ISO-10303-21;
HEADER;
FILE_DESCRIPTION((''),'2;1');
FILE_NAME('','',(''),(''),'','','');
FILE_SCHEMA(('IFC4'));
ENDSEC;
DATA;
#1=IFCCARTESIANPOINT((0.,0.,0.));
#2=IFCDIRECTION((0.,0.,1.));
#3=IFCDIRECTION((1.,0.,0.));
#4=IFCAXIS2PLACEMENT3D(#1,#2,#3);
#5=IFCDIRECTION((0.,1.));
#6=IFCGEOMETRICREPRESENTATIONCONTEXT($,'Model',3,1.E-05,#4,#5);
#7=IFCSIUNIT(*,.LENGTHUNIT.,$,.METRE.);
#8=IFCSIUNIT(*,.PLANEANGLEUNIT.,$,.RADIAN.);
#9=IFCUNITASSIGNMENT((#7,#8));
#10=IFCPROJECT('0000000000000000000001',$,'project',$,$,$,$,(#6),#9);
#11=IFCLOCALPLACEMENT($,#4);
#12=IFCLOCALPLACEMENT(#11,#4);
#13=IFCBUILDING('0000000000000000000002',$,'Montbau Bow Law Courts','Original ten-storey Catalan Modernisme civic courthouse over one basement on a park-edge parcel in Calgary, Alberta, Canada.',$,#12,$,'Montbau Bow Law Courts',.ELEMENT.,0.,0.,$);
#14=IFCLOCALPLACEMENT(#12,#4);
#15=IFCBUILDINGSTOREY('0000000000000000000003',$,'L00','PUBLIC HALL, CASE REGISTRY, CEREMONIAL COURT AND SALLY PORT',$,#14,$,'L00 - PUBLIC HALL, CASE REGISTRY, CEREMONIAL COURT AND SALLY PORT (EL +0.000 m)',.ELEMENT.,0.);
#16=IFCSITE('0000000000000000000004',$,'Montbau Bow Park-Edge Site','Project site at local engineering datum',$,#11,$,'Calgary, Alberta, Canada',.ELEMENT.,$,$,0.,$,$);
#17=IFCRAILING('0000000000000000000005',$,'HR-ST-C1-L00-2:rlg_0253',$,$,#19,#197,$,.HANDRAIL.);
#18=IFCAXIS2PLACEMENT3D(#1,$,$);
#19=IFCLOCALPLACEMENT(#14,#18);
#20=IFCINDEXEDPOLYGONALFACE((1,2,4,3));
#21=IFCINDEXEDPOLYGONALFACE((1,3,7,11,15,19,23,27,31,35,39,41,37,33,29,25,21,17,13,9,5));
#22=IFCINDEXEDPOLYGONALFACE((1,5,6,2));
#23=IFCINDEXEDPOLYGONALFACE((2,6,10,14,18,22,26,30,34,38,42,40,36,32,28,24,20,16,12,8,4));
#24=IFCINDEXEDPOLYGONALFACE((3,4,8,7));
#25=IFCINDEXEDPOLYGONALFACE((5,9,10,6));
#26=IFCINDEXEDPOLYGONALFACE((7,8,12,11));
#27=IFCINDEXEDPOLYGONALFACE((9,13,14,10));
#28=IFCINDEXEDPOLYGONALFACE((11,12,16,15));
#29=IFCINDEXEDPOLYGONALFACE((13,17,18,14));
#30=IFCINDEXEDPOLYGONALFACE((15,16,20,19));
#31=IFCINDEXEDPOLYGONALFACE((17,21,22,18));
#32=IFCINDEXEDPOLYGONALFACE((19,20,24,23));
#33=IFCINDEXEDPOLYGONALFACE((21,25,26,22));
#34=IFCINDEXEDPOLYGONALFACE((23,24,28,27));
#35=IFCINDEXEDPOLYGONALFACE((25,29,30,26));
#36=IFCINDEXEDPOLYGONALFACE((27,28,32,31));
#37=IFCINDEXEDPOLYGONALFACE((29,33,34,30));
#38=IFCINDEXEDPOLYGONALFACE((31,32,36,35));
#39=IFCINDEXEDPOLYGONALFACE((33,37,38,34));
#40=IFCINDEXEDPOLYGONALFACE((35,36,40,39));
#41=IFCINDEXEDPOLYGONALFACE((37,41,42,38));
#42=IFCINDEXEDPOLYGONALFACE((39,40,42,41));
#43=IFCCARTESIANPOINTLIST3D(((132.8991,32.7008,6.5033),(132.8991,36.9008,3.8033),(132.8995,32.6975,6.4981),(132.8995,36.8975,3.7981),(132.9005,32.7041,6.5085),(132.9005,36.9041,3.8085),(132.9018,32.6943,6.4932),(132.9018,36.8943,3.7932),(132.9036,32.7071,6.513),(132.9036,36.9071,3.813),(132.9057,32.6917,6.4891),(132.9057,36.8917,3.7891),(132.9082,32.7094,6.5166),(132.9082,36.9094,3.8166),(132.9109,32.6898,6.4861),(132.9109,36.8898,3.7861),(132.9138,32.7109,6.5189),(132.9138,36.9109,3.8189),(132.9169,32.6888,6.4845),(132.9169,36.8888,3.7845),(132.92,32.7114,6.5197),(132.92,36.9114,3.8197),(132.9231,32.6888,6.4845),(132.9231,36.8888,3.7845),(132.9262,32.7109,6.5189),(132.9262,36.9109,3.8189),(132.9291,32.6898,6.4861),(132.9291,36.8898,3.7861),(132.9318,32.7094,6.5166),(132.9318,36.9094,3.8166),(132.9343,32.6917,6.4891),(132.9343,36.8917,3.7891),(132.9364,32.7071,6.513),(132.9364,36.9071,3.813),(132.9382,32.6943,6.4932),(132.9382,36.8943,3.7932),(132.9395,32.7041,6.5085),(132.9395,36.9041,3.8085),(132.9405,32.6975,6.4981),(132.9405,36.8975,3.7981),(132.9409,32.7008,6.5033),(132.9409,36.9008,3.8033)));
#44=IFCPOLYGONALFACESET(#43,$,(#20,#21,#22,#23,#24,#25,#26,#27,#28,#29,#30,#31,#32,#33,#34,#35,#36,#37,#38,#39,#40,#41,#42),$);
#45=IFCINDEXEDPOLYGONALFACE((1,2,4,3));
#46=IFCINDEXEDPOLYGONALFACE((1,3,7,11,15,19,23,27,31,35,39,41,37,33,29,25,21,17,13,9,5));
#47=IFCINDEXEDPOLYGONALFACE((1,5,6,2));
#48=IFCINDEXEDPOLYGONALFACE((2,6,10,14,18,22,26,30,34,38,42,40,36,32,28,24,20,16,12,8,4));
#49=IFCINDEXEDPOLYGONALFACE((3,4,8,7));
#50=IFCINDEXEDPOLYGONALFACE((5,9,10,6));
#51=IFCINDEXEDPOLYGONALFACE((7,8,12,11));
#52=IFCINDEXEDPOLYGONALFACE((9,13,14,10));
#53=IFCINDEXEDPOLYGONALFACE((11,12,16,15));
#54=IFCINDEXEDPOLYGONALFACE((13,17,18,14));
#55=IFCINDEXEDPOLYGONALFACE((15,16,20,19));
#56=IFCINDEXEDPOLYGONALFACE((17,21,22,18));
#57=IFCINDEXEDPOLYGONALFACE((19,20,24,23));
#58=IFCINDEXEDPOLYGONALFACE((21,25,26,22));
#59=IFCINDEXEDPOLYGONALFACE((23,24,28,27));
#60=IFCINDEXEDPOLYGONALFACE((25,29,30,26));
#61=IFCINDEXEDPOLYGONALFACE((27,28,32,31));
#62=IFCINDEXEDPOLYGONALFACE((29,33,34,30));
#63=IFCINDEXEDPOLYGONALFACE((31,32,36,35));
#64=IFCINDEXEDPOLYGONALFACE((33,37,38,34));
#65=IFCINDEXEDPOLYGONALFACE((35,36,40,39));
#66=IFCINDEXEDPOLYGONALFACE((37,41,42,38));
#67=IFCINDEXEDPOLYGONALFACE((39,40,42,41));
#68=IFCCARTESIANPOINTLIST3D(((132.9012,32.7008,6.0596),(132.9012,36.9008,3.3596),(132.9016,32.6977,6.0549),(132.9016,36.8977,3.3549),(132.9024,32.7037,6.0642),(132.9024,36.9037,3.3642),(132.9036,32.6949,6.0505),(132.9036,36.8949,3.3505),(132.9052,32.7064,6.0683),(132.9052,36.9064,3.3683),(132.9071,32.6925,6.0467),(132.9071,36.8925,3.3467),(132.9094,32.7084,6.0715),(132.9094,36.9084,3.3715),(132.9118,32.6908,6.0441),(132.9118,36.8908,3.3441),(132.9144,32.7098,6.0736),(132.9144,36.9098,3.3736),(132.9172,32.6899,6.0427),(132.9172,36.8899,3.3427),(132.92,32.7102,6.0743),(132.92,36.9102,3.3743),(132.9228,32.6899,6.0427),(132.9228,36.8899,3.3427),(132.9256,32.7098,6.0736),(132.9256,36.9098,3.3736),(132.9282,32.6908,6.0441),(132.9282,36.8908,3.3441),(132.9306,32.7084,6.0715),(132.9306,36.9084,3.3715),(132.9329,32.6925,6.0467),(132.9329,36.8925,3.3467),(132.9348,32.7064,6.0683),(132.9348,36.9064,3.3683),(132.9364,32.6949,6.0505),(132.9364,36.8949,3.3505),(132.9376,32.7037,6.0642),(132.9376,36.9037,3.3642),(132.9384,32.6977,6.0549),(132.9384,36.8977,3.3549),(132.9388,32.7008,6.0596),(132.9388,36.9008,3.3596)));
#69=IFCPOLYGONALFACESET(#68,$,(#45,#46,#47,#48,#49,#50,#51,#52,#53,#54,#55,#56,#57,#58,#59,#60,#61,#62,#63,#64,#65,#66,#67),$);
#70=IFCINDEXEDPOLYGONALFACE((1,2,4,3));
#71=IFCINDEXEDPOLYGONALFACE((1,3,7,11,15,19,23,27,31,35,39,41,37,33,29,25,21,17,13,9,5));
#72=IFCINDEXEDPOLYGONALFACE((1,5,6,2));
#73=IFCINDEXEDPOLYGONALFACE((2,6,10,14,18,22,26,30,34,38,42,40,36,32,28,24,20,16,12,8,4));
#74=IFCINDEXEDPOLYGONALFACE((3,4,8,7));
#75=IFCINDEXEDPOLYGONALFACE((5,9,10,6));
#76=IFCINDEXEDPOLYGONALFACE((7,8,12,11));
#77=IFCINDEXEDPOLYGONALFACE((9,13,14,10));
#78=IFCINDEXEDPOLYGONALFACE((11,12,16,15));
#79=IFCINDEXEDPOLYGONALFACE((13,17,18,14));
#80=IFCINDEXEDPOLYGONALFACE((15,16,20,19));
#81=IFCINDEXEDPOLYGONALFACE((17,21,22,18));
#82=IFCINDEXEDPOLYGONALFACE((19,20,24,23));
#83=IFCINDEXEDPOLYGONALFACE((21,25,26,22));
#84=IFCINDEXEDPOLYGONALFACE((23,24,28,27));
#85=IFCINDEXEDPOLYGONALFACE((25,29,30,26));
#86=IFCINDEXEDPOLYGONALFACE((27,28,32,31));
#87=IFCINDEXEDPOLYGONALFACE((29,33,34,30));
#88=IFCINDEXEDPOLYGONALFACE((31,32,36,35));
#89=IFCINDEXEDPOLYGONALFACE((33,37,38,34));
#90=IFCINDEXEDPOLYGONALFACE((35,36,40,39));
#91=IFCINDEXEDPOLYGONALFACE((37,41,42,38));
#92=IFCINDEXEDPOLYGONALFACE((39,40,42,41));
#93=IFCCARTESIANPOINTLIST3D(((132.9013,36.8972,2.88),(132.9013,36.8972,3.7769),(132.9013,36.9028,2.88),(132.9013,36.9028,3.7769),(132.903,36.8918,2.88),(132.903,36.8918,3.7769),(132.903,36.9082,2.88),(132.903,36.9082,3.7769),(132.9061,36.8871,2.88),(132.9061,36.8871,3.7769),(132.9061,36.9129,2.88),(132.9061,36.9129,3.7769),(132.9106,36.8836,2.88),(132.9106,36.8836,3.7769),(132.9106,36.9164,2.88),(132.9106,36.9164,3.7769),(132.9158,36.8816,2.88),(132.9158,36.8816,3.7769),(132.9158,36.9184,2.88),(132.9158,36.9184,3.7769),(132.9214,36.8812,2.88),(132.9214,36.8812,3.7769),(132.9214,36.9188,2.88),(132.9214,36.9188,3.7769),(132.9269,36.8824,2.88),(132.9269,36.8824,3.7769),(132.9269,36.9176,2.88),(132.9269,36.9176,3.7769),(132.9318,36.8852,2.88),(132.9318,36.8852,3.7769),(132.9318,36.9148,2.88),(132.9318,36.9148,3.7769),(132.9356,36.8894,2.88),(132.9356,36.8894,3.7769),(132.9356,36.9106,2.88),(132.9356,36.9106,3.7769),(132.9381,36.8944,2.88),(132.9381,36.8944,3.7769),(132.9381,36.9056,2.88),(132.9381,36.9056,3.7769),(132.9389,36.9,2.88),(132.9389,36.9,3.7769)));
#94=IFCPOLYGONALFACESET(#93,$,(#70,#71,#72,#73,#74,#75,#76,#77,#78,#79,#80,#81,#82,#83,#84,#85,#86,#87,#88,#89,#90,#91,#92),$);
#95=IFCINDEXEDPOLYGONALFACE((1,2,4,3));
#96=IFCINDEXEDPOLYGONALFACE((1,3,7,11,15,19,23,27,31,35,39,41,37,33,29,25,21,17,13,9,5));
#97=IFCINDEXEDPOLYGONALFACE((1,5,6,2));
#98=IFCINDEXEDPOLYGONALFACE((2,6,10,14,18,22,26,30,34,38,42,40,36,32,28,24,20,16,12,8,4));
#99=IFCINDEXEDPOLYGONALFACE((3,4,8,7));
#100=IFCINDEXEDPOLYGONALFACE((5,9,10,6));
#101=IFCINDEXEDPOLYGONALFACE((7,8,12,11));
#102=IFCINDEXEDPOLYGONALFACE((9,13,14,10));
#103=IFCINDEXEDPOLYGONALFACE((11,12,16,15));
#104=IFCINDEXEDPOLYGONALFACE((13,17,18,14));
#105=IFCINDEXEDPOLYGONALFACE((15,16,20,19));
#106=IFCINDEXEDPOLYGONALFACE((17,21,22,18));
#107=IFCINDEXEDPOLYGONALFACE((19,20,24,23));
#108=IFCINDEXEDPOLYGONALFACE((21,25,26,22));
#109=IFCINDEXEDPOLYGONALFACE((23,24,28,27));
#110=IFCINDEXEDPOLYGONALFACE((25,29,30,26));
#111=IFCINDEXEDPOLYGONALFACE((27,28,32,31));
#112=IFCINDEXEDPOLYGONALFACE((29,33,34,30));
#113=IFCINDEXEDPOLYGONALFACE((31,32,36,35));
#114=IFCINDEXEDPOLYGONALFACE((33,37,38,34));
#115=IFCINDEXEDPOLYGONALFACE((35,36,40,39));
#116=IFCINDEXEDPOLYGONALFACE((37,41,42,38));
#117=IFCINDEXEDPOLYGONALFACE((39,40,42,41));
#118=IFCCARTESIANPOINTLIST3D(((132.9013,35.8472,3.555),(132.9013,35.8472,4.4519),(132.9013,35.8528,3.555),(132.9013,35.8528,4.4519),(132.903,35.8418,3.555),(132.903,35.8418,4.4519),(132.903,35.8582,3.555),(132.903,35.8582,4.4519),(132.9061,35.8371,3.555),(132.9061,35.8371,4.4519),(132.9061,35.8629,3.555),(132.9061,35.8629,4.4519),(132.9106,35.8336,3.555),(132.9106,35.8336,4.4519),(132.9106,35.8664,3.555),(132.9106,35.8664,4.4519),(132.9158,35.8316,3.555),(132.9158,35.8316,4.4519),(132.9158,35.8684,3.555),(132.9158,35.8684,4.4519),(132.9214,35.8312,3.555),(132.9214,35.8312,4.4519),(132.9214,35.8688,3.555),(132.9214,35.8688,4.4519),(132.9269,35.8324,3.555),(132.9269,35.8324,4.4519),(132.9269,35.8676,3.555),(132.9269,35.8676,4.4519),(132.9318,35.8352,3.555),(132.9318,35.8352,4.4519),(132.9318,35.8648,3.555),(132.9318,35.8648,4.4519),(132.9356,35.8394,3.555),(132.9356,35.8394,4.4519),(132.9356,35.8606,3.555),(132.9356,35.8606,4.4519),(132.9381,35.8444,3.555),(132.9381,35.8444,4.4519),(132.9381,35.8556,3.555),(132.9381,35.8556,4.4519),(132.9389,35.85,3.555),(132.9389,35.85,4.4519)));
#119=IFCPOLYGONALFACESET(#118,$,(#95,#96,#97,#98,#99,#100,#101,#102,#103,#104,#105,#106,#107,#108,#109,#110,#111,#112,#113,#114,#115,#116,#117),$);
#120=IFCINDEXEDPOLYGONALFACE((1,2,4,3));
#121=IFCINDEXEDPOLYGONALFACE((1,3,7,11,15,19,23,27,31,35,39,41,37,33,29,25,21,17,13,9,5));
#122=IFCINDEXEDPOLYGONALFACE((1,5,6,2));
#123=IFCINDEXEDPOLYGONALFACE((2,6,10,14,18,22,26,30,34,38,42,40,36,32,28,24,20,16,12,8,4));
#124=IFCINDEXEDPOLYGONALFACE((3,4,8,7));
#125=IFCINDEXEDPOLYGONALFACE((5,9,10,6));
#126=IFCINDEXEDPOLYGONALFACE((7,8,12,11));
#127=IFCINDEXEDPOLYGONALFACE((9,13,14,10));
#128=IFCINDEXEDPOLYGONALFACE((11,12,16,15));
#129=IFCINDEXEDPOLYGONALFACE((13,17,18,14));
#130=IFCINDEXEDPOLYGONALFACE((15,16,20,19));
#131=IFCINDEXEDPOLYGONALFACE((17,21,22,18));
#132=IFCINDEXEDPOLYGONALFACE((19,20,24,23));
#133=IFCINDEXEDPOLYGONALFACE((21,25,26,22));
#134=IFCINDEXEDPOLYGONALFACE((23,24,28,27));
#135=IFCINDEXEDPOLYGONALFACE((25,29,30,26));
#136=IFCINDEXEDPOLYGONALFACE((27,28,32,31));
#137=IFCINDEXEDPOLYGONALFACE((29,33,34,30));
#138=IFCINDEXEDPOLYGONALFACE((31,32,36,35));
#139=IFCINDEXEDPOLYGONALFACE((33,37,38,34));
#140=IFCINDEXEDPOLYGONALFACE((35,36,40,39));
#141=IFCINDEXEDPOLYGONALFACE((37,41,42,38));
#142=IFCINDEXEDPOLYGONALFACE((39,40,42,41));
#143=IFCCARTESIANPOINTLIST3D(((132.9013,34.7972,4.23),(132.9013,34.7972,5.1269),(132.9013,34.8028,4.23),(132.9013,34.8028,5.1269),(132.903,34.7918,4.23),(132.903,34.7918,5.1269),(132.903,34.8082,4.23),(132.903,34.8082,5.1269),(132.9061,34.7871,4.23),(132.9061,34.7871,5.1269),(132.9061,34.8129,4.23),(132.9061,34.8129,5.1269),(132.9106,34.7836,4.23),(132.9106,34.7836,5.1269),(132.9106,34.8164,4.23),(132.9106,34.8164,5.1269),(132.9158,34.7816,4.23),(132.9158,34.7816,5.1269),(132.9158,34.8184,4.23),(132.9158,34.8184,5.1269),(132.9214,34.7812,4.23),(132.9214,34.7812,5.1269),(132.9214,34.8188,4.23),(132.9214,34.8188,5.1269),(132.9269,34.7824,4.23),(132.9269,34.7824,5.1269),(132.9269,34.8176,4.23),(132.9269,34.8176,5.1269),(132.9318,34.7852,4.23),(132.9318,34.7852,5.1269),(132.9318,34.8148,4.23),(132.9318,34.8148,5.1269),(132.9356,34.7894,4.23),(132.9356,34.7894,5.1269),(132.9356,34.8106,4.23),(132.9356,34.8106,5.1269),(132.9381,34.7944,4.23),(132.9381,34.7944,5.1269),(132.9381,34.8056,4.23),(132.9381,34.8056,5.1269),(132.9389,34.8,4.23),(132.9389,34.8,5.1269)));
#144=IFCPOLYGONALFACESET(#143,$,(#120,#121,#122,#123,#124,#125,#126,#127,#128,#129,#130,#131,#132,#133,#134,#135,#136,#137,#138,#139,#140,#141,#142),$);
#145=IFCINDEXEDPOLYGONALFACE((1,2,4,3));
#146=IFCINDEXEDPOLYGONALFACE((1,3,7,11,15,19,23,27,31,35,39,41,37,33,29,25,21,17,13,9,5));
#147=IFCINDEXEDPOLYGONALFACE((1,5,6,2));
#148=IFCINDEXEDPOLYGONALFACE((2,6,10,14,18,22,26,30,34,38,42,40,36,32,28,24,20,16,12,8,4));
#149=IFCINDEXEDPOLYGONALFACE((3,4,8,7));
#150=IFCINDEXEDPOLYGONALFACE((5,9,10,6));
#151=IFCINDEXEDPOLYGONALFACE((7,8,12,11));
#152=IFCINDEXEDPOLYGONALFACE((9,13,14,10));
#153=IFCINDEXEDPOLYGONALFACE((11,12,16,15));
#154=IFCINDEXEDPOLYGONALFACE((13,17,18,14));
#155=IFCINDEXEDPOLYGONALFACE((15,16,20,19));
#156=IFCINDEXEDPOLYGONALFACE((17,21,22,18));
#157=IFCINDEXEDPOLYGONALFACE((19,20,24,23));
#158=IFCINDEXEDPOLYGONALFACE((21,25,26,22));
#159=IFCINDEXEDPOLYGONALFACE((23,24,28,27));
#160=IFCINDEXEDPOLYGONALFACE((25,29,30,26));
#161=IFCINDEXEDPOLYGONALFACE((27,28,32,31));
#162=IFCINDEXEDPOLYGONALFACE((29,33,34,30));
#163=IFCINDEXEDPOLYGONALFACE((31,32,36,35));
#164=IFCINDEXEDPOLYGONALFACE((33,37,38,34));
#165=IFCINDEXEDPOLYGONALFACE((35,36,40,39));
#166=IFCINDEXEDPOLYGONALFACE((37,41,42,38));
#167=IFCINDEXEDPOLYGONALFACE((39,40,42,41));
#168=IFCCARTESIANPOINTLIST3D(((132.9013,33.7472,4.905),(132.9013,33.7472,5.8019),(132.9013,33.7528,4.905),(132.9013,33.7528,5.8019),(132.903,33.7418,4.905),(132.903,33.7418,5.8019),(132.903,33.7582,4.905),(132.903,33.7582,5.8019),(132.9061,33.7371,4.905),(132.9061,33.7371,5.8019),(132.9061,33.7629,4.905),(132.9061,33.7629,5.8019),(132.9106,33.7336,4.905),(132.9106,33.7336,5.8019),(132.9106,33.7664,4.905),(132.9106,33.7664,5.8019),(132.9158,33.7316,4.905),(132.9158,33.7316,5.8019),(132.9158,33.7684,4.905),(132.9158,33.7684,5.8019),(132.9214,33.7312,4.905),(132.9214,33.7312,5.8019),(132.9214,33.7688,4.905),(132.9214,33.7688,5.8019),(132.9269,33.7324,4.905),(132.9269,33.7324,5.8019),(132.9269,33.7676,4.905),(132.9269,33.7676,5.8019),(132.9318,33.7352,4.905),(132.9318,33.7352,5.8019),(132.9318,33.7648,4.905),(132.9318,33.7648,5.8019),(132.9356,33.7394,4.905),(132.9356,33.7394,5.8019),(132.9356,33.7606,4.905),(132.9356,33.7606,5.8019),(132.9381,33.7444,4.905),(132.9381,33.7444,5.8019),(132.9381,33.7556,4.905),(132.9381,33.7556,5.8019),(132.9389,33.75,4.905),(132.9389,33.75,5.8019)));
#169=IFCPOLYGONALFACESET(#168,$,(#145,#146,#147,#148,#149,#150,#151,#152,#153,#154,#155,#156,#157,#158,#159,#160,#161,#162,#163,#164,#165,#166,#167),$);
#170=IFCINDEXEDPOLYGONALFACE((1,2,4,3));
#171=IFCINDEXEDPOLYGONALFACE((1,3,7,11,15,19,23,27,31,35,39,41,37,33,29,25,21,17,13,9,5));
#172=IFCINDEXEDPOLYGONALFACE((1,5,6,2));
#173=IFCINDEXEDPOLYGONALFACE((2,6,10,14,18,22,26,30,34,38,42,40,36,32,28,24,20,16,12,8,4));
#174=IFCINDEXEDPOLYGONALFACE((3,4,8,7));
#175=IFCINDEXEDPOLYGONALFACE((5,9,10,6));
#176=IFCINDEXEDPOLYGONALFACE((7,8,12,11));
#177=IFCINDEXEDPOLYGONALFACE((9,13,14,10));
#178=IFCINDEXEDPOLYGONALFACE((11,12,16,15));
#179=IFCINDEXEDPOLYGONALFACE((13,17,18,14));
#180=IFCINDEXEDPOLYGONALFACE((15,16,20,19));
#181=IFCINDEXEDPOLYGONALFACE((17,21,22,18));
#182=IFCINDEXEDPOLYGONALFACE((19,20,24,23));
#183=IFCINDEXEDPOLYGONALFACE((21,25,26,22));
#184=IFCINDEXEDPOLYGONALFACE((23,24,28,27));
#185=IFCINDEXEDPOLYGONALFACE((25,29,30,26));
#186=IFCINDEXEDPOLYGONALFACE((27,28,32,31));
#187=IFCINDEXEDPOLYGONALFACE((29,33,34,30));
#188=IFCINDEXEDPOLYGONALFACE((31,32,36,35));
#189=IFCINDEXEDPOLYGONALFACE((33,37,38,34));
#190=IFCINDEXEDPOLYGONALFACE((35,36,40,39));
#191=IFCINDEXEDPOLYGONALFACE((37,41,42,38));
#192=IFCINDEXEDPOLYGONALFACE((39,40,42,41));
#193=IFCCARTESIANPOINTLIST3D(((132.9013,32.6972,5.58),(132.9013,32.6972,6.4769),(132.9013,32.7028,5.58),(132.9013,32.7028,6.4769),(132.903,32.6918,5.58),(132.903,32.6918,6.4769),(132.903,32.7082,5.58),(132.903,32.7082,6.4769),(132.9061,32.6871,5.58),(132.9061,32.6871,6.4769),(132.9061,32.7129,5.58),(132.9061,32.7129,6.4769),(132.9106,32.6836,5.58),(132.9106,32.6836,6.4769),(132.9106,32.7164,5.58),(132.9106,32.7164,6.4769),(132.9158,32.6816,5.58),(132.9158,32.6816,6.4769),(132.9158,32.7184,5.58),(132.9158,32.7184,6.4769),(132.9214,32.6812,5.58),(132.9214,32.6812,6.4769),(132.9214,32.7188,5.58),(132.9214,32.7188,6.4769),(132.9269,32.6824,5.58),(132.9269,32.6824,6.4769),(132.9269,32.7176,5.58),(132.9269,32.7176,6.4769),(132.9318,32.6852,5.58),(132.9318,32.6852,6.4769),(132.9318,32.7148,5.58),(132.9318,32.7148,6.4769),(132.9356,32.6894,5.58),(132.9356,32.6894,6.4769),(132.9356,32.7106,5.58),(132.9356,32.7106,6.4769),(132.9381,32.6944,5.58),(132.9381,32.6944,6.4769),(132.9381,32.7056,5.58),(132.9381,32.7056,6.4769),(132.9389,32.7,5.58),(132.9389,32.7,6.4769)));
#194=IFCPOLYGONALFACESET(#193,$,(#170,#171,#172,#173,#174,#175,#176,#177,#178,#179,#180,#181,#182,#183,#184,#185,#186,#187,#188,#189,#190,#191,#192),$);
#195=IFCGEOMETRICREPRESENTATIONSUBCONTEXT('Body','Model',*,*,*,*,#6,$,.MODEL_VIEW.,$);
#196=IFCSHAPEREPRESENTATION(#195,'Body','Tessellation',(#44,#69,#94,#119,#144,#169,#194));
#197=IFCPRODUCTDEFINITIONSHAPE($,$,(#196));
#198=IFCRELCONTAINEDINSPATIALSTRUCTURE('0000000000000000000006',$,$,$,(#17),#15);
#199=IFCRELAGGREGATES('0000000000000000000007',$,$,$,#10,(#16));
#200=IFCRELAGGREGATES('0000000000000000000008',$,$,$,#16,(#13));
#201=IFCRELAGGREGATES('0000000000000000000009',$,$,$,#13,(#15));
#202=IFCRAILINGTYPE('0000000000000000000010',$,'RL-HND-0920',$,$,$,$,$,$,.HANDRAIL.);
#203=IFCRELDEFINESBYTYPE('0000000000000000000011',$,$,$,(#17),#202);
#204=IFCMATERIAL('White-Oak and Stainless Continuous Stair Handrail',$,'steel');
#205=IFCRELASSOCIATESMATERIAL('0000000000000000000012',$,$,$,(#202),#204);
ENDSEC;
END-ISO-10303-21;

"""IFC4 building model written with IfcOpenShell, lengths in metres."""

from ifc_helpers import new_model, si_unit, direction, frame, origin_with_axes, origin_2d_with_axis, place, context, subcontext, project, spatial, circle, extrude, material, type_object, element, save


model = new_model("IFC4")

# Units and contexts
model_context = context("Model", 3, precision=1e-05, world=origin_with_axes(), true_north=direction((0.0, 1.0)))
body_context = subcontext(model_context, "Body", "Model", "MODEL_VIEW")
ifc_project = project(units=[si_unit("LENGTHUNIT", "METRE"), si_unit("PLANEANGLEUNIT", "RADIAN")], contexts=[model_context])

# Site, building, storey
site_placement = place(None, origin_with_axes())
site = spatial("IfcSite", under=ifc_project, at=site_placement, Name="Montbau Bow Park-Edge Site", Description="Project site at local engineering datum", LongName="Calgary, Alberta, Canada", CompositionType="ELEMENT", RefElevation=0.0)
building_placement = place(site_placement, origin_with_axes())
building = spatial("IfcBuilding", under=site, at=building_placement, Name="Montbau Bow Law Courts", Description="Original ten-storey Catalan Modernisme civic courthouse over one basement on a park-edge parcel in Calgary, Alberta, Canada.", LongName="Montbau Bow Law Courts", CompositionType="ELEMENT", ElevationOfRefHeight=0.0, ElevationOfTerrain=0.0)
storey_placement = place(building_placement, origin_with_axes())
storey = spatial("IfcBuildingStorey", under=building, at=storey_placement, Name="L00", Description="PUBLIC HALL, CASE REGISTRY, CEREMONIAL COURT AND SALLY PORT", LongName="L00 - PUBLIC HALL, CASE REGISTRY, CEREMONIAL COURT AND SALLY PORT (EL +0.000 m)", CompositionType="ELEMENT", Elevation=0.0)

# Railing
ifc_material_1 = material(Name="White-Oak and Stainless Continuous Stair Handrail", Category="steel")
railing_type_1 = type_object("IfcRailingType", Name="RL-HND-0920", PredefinedType="HANDRAIL", material=ifc_material_1)
railing_1_placement = place(None, origin_with_axes())
element("IfcRailing", 1, at=railing_1_placement, inside=storey, type_object=railing_type_1, Name="HR-ST-C1-L00-2:rlg_0253", PredefinedType="HANDRAIL", context=body_context, shape_type="SweptSolid", body=[
    extrude(circle(Radius=0.021, at=origin_2d_with_axis()), frame((132.92, 36.9, 3.802), z_axis=(0.0, -0.841178, 0.540758), x_axis=(0.0, 0.540758, 0.841178)), (0.0, 0.0, 1.0), 4.993),
    extrude(circle(Radius=0.0189, at=origin_2d_with_axis()), frame((132.92, 36.9, 3.3584), z_axis=(0.0, -0.841178, 0.540758), x_axis=(0.0, 0.540758, 0.841178)), (0.0, 0.0, 1.0), 4.993),
    extrude(circle(Radius=0.0189, at=origin_2d_with_axis()), frame((132.92, 36.9, 2.88), z_axis=(0.0, 0.0, 1.0), x_axis=(1.0, 0.0, 0.0)), (0.0, 0.0, 1.0), 0.8969),
    extrude(circle(Radius=0.0189, at=origin_2d_with_axis()), frame((132.92, 35.85, 3.555), z_axis=(0.0, 0.0, 1.0), x_axis=(1.0, 0.0, 0.0)), (0.0, 0.0, 1.0), 0.8969),
    extrude(circle(Radius=0.0189, at=origin_2d_with_axis()), frame((132.92, 34.8, 4.23), z_axis=(0.0, 0.0, 1.0), x_axis=(1.0, 0.0, 0.0)), (0.0, 0.0, 1.0), 0.8969),
    extrude(circle(Radius=0.0189, at=origin_2d_with_axis()), frame((132.92, 33.75, 4.905), z_axis=(0.0, 0.0, 1.0), x_axis=(1.0, 0.0, 0.0)), (0.0, 0.0, 1.0), 0.8969),
    extrude(circle(Radius=0.0189, at=origin_2d_with_axis()), frame((132.92, 32.7, 5.58), z_axis=(0.0, 0.0, 1.0), x_axis=(1.0, 0.0, 0.0)), (0.0, 0.0, 1.0), 0.8969),
])

save(model, "model.ifc")
